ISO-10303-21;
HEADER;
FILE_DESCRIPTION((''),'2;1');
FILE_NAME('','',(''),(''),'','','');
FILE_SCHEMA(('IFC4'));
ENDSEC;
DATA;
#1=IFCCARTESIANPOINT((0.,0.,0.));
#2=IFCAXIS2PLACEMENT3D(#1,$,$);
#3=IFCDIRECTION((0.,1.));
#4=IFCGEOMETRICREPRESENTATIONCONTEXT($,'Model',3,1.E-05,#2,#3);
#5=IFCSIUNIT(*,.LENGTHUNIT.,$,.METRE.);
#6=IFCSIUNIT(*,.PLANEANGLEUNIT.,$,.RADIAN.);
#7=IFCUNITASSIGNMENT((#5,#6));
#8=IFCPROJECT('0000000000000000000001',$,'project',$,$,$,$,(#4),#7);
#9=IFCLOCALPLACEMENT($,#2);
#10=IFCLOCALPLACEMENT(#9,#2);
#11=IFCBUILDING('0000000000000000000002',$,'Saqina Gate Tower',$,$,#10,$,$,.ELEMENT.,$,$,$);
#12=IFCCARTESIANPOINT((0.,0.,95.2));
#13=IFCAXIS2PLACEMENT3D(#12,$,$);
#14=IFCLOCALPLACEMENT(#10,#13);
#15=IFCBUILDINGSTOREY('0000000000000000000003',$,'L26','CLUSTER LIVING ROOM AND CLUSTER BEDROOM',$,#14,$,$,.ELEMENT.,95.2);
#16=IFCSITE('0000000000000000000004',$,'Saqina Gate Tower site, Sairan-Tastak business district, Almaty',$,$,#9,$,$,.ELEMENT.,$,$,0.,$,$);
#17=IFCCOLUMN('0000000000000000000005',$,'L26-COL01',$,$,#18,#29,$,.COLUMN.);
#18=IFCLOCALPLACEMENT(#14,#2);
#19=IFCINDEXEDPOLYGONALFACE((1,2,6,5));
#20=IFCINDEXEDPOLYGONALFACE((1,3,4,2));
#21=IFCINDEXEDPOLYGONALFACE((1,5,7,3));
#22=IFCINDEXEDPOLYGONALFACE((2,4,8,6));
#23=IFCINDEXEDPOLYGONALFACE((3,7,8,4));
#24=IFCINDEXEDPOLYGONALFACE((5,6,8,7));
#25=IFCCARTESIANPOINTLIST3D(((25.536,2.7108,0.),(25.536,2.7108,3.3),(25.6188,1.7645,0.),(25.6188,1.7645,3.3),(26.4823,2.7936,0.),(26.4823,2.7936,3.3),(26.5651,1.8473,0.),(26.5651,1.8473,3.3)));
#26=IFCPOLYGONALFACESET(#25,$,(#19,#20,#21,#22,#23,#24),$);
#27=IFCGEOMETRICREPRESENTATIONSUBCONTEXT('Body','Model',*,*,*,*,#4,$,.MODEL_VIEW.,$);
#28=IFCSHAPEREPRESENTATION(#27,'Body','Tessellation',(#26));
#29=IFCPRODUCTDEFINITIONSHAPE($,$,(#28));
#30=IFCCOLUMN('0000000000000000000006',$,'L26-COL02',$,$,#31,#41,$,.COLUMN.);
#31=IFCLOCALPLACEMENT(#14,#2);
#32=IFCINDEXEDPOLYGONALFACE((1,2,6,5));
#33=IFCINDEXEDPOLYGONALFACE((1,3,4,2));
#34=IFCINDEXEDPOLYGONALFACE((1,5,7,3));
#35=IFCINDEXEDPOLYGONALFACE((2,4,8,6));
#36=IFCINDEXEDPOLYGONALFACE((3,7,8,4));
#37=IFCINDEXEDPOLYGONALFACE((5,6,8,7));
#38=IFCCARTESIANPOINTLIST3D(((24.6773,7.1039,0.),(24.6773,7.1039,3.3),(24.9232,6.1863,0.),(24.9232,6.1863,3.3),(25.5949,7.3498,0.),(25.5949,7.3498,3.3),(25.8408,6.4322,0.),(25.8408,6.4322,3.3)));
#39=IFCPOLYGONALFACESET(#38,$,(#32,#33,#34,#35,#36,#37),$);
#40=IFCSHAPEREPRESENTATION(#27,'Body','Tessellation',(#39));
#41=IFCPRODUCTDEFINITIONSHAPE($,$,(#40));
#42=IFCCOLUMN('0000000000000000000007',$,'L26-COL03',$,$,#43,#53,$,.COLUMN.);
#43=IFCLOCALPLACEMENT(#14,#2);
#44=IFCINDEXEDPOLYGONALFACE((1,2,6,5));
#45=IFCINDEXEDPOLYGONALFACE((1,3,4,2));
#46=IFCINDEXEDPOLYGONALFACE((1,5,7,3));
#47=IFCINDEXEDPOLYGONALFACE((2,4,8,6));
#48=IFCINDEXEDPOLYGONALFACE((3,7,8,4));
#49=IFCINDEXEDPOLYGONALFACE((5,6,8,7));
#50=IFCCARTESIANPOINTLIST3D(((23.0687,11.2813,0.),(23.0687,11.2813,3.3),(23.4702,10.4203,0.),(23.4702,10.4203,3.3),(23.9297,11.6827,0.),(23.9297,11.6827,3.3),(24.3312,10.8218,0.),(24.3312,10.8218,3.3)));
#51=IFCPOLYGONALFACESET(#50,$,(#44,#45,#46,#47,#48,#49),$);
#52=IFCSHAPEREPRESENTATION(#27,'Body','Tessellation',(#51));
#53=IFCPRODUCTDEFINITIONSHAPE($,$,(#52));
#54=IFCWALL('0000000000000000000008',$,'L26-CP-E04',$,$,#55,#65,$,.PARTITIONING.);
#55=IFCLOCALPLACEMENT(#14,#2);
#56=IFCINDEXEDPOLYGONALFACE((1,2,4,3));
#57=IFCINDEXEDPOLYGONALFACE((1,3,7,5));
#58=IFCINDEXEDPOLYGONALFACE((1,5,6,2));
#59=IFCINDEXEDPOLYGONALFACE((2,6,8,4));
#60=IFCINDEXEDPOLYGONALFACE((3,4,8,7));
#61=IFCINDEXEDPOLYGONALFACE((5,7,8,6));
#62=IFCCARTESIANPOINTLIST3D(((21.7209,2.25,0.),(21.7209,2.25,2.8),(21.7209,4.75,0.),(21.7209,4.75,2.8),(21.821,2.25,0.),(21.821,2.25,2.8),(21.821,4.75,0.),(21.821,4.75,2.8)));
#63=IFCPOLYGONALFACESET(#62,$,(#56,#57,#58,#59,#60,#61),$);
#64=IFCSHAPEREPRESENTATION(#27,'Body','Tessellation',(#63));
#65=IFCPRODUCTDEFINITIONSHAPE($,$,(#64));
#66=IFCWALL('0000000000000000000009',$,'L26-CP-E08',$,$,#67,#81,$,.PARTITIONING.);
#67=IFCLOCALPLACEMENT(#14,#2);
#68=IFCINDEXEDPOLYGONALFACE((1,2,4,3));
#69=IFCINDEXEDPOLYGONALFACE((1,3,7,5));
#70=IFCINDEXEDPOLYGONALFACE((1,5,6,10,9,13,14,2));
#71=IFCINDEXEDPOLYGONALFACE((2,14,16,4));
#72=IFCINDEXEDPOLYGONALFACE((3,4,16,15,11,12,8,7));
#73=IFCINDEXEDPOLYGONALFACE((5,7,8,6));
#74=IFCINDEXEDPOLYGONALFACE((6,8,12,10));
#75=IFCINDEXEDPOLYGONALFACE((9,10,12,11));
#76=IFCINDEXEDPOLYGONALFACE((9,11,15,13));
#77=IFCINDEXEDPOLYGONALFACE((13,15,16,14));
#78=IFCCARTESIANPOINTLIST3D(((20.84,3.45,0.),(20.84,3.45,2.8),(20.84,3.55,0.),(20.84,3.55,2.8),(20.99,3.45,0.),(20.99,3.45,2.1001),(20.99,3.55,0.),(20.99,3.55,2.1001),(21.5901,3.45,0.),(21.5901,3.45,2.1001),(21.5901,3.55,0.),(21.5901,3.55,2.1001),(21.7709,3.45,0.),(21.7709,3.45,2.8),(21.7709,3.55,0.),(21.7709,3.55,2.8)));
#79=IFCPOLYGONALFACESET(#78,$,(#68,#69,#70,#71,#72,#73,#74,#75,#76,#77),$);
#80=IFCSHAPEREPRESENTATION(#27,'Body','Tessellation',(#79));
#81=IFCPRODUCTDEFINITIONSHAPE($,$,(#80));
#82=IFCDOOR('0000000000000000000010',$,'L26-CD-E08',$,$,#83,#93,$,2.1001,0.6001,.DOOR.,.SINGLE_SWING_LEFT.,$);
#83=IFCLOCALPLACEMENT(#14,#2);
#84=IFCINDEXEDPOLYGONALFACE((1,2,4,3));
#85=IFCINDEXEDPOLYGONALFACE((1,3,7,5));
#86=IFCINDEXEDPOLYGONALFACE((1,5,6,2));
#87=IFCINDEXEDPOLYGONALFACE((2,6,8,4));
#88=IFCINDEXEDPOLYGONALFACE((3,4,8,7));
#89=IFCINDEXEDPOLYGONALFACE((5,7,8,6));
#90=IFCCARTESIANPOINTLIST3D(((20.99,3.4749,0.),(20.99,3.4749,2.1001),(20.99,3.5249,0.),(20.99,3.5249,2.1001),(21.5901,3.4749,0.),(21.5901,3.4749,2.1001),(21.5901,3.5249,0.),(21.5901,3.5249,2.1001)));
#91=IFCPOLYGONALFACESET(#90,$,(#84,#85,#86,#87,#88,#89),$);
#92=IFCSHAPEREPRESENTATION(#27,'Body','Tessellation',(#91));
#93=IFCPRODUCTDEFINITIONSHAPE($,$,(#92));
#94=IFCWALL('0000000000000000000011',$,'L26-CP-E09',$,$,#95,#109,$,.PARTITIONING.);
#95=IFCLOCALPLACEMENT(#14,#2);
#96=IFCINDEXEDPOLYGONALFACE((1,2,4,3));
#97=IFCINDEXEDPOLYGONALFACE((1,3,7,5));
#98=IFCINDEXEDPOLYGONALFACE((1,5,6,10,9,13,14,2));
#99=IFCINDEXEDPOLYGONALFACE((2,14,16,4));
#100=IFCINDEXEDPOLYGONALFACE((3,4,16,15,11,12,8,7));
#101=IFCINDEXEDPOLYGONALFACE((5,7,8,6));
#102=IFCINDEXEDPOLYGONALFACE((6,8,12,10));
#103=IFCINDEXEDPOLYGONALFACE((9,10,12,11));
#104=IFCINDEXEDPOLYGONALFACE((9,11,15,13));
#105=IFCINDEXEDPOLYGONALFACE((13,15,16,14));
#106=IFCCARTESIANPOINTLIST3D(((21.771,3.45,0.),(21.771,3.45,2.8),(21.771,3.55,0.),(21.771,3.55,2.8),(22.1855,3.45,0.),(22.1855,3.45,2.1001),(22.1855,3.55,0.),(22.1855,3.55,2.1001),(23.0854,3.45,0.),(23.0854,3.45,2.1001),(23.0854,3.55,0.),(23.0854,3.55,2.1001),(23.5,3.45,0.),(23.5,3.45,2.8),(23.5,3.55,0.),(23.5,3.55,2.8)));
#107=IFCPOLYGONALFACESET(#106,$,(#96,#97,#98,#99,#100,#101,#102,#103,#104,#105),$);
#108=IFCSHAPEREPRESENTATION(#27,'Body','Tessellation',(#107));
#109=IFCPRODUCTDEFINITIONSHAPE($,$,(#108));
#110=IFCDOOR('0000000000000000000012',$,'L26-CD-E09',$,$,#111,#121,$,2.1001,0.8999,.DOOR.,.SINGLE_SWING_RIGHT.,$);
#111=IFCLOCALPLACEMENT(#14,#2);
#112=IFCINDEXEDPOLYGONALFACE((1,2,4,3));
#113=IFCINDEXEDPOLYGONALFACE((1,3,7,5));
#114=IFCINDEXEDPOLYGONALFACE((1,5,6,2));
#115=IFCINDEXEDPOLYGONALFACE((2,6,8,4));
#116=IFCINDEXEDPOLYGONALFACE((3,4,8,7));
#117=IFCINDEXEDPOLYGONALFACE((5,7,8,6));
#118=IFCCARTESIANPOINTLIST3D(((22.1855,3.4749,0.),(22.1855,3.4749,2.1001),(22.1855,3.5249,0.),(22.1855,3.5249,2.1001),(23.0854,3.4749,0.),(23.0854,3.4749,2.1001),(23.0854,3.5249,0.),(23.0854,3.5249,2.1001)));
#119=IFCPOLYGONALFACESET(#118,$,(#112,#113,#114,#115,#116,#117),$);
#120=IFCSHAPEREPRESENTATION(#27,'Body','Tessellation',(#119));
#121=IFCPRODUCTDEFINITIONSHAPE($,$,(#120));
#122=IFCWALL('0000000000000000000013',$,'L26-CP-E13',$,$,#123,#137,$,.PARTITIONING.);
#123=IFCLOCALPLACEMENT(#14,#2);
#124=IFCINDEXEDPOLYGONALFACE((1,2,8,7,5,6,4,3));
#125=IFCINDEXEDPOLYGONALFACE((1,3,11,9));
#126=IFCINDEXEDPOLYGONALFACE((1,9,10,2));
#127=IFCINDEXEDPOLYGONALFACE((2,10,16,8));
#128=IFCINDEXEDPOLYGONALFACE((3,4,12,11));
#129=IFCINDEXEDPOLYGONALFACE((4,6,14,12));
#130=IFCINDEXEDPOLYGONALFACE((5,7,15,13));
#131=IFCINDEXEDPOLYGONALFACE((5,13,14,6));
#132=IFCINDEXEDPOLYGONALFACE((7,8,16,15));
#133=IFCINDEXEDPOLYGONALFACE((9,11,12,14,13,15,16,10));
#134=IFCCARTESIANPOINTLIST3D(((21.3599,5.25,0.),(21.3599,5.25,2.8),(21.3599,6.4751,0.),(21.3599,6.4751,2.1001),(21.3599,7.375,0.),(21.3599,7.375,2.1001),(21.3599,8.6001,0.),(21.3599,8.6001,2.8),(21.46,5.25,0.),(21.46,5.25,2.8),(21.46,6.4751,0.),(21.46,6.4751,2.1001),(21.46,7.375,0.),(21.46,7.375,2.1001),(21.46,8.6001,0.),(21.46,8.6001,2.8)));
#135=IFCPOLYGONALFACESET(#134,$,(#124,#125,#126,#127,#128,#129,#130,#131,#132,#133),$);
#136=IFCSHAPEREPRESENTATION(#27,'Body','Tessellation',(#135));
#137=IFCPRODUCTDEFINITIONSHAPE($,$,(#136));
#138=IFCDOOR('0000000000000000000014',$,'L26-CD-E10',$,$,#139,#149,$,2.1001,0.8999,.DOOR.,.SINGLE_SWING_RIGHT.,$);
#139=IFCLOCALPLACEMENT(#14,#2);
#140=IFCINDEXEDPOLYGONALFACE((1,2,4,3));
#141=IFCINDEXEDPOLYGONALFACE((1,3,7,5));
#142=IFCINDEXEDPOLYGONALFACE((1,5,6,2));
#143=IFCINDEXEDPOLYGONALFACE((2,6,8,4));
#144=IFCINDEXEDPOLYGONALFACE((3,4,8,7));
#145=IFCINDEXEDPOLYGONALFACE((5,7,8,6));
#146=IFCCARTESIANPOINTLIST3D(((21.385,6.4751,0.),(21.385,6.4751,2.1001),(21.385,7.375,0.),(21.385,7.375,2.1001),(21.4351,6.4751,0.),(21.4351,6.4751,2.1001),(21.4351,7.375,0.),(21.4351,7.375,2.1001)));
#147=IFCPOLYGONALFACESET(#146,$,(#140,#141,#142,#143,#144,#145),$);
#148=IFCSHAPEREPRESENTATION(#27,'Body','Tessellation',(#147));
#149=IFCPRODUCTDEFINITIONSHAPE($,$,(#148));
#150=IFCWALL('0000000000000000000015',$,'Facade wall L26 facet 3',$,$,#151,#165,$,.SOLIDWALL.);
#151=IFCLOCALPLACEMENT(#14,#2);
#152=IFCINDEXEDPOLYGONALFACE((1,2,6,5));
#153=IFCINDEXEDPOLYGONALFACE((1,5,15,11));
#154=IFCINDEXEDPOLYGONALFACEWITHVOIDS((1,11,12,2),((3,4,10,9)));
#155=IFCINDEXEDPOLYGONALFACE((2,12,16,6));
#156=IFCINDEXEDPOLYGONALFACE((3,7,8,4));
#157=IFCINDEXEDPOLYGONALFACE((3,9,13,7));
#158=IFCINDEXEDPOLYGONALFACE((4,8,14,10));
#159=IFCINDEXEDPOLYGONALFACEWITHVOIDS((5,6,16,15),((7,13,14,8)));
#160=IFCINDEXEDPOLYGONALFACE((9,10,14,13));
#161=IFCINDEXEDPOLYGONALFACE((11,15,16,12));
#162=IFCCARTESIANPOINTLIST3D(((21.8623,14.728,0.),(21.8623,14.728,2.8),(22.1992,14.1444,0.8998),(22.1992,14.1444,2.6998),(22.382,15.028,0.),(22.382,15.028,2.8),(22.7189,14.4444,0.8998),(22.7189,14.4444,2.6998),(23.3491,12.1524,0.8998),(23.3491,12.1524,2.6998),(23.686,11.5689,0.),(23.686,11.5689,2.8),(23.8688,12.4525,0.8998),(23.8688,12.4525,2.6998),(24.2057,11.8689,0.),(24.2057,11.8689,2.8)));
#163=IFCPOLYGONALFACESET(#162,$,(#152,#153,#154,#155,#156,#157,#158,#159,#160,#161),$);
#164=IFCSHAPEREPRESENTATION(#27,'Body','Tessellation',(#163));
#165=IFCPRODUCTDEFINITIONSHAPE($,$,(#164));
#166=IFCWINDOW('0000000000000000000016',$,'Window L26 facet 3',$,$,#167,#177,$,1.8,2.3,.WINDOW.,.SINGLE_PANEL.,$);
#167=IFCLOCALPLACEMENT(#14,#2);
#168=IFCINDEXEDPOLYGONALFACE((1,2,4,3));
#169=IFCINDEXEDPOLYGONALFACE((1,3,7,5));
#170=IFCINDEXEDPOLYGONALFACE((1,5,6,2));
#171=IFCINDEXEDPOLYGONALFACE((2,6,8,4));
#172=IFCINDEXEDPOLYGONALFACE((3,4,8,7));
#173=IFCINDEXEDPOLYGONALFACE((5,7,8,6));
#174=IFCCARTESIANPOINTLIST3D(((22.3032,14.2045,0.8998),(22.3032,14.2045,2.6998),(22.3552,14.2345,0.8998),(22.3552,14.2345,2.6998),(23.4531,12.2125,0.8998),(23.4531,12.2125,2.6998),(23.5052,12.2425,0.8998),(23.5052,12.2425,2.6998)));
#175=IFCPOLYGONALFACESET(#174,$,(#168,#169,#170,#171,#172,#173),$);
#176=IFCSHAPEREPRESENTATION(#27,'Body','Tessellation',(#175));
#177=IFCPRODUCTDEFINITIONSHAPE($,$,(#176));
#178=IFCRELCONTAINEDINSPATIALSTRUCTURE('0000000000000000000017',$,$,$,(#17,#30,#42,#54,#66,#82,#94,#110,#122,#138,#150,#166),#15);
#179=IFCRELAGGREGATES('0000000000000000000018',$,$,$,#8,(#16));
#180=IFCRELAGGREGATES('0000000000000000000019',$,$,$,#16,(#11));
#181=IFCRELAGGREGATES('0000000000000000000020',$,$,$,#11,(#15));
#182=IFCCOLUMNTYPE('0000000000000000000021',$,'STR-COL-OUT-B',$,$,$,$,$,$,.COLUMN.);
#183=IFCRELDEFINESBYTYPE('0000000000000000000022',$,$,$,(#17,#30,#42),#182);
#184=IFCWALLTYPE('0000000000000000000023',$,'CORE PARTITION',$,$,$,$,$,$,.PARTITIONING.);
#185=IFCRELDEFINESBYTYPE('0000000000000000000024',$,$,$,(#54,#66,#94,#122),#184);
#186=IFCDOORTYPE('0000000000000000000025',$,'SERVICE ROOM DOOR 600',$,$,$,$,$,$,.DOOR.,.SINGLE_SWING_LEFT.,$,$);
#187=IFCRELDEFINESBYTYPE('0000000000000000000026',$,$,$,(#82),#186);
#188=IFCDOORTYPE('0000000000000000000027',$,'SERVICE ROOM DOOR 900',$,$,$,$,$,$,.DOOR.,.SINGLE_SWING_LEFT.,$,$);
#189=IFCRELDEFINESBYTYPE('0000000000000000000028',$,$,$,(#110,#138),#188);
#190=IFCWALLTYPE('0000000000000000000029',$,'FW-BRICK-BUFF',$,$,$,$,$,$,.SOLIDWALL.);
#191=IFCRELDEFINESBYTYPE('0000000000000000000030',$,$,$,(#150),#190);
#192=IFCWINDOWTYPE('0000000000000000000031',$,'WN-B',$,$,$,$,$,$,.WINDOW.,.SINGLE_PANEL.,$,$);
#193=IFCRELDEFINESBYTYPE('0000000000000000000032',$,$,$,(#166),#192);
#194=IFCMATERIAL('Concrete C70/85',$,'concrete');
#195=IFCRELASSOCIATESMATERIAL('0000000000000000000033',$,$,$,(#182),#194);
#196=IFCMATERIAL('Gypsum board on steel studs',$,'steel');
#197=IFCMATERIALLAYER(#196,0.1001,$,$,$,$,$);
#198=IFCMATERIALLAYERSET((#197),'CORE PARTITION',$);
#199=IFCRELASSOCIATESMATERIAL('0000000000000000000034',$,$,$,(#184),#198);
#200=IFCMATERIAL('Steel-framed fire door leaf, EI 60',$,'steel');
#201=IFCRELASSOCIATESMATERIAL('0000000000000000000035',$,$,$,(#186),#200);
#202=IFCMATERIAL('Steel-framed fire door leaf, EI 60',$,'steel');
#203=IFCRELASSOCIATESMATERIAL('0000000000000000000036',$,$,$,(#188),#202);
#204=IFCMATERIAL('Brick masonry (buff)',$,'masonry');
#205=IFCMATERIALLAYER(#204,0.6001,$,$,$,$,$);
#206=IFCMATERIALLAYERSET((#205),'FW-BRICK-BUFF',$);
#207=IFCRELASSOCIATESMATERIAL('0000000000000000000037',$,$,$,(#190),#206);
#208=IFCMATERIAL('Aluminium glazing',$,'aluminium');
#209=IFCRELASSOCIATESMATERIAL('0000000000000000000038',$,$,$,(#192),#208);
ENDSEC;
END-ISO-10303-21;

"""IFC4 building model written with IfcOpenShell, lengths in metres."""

from ifc_helpers import new_model, si_unit, direction, frame, frame_2d, origin, origin_2d, place, context, subcontext, project, spatial, rectangle, extrude, material, layer, layer_set, material_profile, profile_set, type_object, element, fill, save


model = new_model("IFC4")

# Units and contexts
model_context = context("Model", 3, precision=1e-05, world=origin(), true_north=direction((0.0, 1.0)))
body_context = subcontext(model_context, "Body", "Model", "MODEL_VIEW")
ifc_project = project(units=[si_unit("LENGTHUNIT", "METRE"), si_unit("PLANEANGLEUNIT", "RADIAN")], contexts=[model_context])

# Site, building, storey
site_placement = place(None, origin())
site = spatial("IfcSite", under=ifc_project, at=site_placement, Name="Saqina Gate Tower site, Sairan-Tastak business district, Almaty", CompositionType="ELEMENT", RefElevation=0.0)
building_placement = place(site_placement, origin())
building = spatial("IfcBuilding", under=site, at=building_placement, Name="Saqina Gate Tower", CompositionType="ELEMENT")
storey_placement = place(building_placement, frame((0.0, 0.0, 95.2)))
storey = spatial("IfcBuildingStorey", under=building, at=storey_placement, Name="L26", Description="CLUSTER LIVING ROOM AND CLUSTER BEDROOM", CompositionType="ELEMENT", Elevation=95.2)

# Columns
ifc_material_1 = material(Name="Concrete C70/85", Category="concrete")
ifc_material_profile = material_profile(ifc_material_1, rectangle(XDim=0.95, YDim=0.95, at=origin_2d()), Name="RC 950x950")
ifc_profile_set = profile_set([ifc_material_profile], Name="Concrete C70/85")
column_type = type_object("IfcColumnType", Name="STR-COL-OUT-B", PredefinedType="COLUMN", material=ifc_profile_set)
for number, where, z_axis, x_axis, name in (
    (1, (26.0505, 2.2791, 0.0), (0.0, 0.0, 1.0), (0.996195, 0.087156, 0.0), "L26-COL01"),
    (2, (25.259, 6.7681, 0.0), (0.0, 0.0, 1.0), (0.965926, 0.258819, 0.0), "L26-COL02"),
    (3, (23.7, 11.0515, 0.0), (0.0, 0.0, 1.0), (0.906308, 0.422618, 0.0), "L26-COL03"),
):
    element("IfcColumn", number, at=place(storey_placement, frame(where, z_axis=z_axis, x_axis=x_axis)), inside=storey, type_object=column_type, Name=name, PredefinedType="COLUMN", context=body_context, shape_type="SweptSolid", body=[
        extrude(rectangle(XDim=0.95, YDim=0.95, at=origin_2d()), origin(), (0.0, 0.0, 1.0), 3.3),
    ])

# Wall
ifc_material_2 = material(Name="Gypsum board on steel studs", Category="steel")
ifc_layer_1 = layer(ifc_material_2, 0.1001)
ifc_layer_set_1 = layer_set([ifc_layer_1], Name="CORE PARTITION")
wall_type_1 = type_object("IfcWallType", Name="CORE PARTITION", PredefinedType="PARTITIONING", material=ifc_layer_set_1)
wall_1_placement = place(storey_placement, frame((21.771, 2.25, 0.0), z_axis=(0.0, 0.0, 1.0), x_axis=(0.0, 1.0, 0.0)))
element("IfcWall", 4, at=wall_1_placement, inside=storey, type_object=wall_type_1, Name="L26-CP-E04", PredefinedType="PARTITIONING", context=body_context, shape_type="SweptSolid", body=[
    extrude(rectangle(XDim=2.5, YDim=0.1001, at=frame_2d((1.25, 0.0))), origin(), (0.0, 0.0, 1.0), 2.8),
])

# Walls, openings, doors
wall_2_placement = place(storey_placement, frame((20.8401, 3.5, 0.0), z_axis=(0.0, 0.0, 1.0), x_axis=(1.0, 0.0, 0.0)))
wall_2 = element("IfcWall", 5, at=wall_2_placement, inside=storey, type_object=wall_type_1, Name="L26-CP-E08", PredefinedType="PARTITIONING", context=body_context, shape_type="SweptSolid", body=[
    extrude(rectangle(XDim=0.9309, YDim=0.1001, at=frame_2d((0.4653, 0.0))), origin(), (0.0, 0.0, 1.0), 2.8),
])
opening_1_placement = place(wall_2_placement, frame((0.1499, 0.0, 0.0)))
opening_1 = element("IfcOpeningElement", 6, at=opening_1_placement, cuts=wall_2, PredefinedType="OPENING", context=body_context, shape_type="SweptSolid", body=[
    extrude(rectangle(XDim=0.6001, YDim=2.1001, at=frame_2d((0.3, 1.05))), frame((0.0, 0.062, 0.0), z_axis=(0.0, -1.0, 0.0), x_axis=(1.0, 0.0, 0.0)), (0.0, 0.0, 1.0), 0.124),
])
ifc_material_3 = material(Name="Steel-framed fire door leaf, EI 60", Category="steel")
door_type_1 = type_object("IfcDoorType", Name="SERVICE ROOM DOOR 600", OperationType="SINGLE_SWING_LEFT", PredefinedType="DOOR", material=ifc_material_3)
door_1_placement = place(opening_1_placement, origin())
door_1 = element("IfcDoor", 7, at=door_1_placement, inside=storey, type_object=door_type_1, Name="L26-CD-E08", OperationType="SINGLE_SWING_LEFT", OverallHeight=2.1001, OverallWidth=0.6001, PredefinedType="DOOR", context=body_context, shape_type="SweptSolid", body=[
    extrude(rectangle(XDim=0.6001, YDim=2.1001, at=frame_2d((0.3, 1.05))), frame((0.0, 0.0249, 0.0), z_axis=(0.0, -1.0, 0.0), x_axis=(1.0, 0.0, 0.0)), (0.0, 0.0, 1.0), 0.05),
])
fill(opening_1, door_1)
wall_3_placement = place(storey_placement, frame((21.771, 3.5, 0.0), z_axis=(0.0, 0.0, 1.0), x_axis=(1.0, 0.0, 0.0)))
wall_3 = element("IfcWall", 8, at=wall_3_placement, inside=storey, type_object=wall_type_1, Name="L26-CP-E09", PredefinedType="PARTITIONING", context=body_context, shape_type="SweptSolid", body=[
    extrude(rectangle(XDim=1.729, YDim=0.1001, at=frame_2d((0.8645, 0.0))), origin(), (0.0, 0.0, 1.0), 2.8),
])
opening_2_placement = place(wall_3_placement, frame((0.4146, 0.0, 0.0)))
opening_2 = element("IfcOpeningElement", 9, at=opening_2_placement, cuts=wall_3, PredefinedType="OPENING", context=body_context, shape_type="SweptSolid", body=[
    extrude(rectangle(XDim=0.8999, YDim=2.1001, at=frame_2d((0.45, 1.05))), frame((0.0, 0.062, 0.0), z_axis=(0.0, -1.0, 0.0), x_axis=(1.0, 0.0, 0.0)), (0.0, 0.0, 1.0), 0.124),
])
ifc_material_4 = material(Name="Steel-framed fire door leaf, EI 60", Category="steel")
door_type_2 = type_object("IfcDoorType", Name="SERVICE ROOM DOOR 900", OperationType="SINGLE_SWING_LEFT", PredefinedType="DOOR", material=ifc_material_4)
door_2_placement = place(opening_2_placement, origin())
door_2 = element("IfcDoor", 10, at=door_2_placement, inside=storey, type_object=door_type_2, Name="L26-CD-E09", OperationType="SINGLE_SWING_RIGHT", OverallHeight=2.1001, OverallWidth=0.8999, PredefinedType="DOOR", context=body_context, shape_type="SweptSolid", body=[
    extrude(rectangle(XDim=0.8999, YDim=2.1001, at=frame_2d((0.45, 1.05))), frame((0.0, 0.0249, 0.0), z_axis=(0.0, -1.0, 0.0), x_axis=(1.0, 0.0, 0.0)), (0.0, 0.0, 1.0), 0.05),
])
fill(opening_2, door_2)
wall_4_placement = place(storey_placement, frame((21.4099, 5.25, 0.0), z_axis=(0.0, 0.0, 1.0), x_axis=(0.0, 1.0, 0.0)))
wall_4 = element("IfcWall", 11, at=wall_4_placement, inside=storey, type_object=wall_type_1, Name="L26-CP-E13", PredefinedType="PARTITIONING", context=body_context, shape_type="SweptSolid", body=[
    extrude(rectangle(XDim=3.3501, YDim=0.1001, at=frame_2d((1.675, 0.0))), origin(), (0.0, 0.0, 1.0), 2.8),
])
opening_3_placement = place(wall_4_placement, frame((1.2251, 0.0, 0.0)))
opening_3 = element("IfcOpeningElement", 12, at=opening_3_placement, cuts=wall_4, PredefinedType="OPENING", context=body_context, shape_type="SweptSolid", body=[
    extrude(rectangle(XDim=0.8999, YDim=2.1001, at=frame_2d((0.45, 1.05))), frame((0.0, 0.062, 0.0), z_axis=(0.0, -1.0, 0.0), x_axis=(1.0, 0.0, 0.0)), (0.0, 0.0, 1.0), 0.124),
])
door_3_placement = place(opening_3_placement, origin())
door_3 = element("IfcDoor", 13, at=door_3_placement, inside=storey, type_object=door_type_2, Name="L26-CD-E10", OperationType="SINGLE_SWING_RIGHT", OverallHeight=2.1001, OverallWidth=0.8999, PredefinedType="DOOR", context=body_context, shape_type="SweptSolid", body=[
    extrude(rectangle(XDim=0.8999, YDim=2.1001, at=frame_2d((0.45, 1.05))), frame((0.0, 0.0249, 0.0), z_axis=(0.0, -1.0, 0.0), x_axis=(1.0, 0.0, 0.0)), (0.0, 0.0, 1.0), 0.05),
])
fill(opening_3, door_3)

# Wall, opening, window
ifc_material_5 = material(Name="Brick masonry (buff)", Category="masonry")
ifc_layer_2 = layer(ifc_material_5, 0.6001)
ifc_layer_set_2 = layer_set([ifc_layer_2], Name="FW-BRICK-BUFF")
wall_type_2 = type_object("IfcWallType", Name="FW-BRICK-BUFF", PredefinedType="SOLIDWALL", material=ifc_layer_set_2)
wall_5_placement = place(storey_placement, frame((23.9458, 11.719, 0.0), z_axis=(0.0, 0.0, 1.0), x_axis=(-0.499954, 0.866052, 0.0)))
wall_5 = element("IfcWall", 14, at=wall_5_placement, inside=storey, type_object=wall_type_2, Name="Facade wall L26 facet 3", PredefinedType="SOLIDWALL", context=body_context, shape_type="SweptSolid", body=[
    extrude(rectangle(XDim=3.6477, YDim=0.6001, at=frame_2d((1.8237, 0.0))), origin(), (0.0, 0.0, 1.0), 2.8),
])
opening_4_placement = place(wall_5_placement, frame((0.6738, 0.0, 0.8999)))
opening_4 = element("IfcOpeningElement", 15, at=opening_4_placement, cuts=wall_5, PredefinedType="OPENING", context=body_context, shape_type="SweptSolid", body=[
    extrude(rectangle(XDim=2.3, YDim=1.8, at=frame_2d((1.1499, 0.8999))), frame((0.0, 0.312, 0.0), z_axis=(0.0, -1.0, 0.0), x_axis=(1.0, 0.0, 0.0)), (0.0, 0.0, 1.0), 0.624),
])
ifc_material_6 = material(Name="Aluminium glazing", Category="aluminium")
window_type = type_object("IfcWindowType", Name="WN-B", PartitioningType="SINGLE_PANEL", PredefinedType="WINDOW", material=ifc_material_6)
window_placement = place(opening_4_placement, origin())
window = element("IfcWindow", 16, at=window_placement, inside=storey, type_object=window_type, Name="Window L26 facet 3", OverallHeight=1.8, OverallWidth=2.3, PartitioningType="SINGLE_PANEL", PredefinedType="WINDOW", context=body_context, shape_type="SweptSolid", body=[
    extrude(rectangle(XDim=2.3, YDim=1.8, at=frame_2d((1.1499, 0.8999))), frame((0.0, 0.1799, 0.0), z_axis=(0.0, -1.0, 0.0), x_axis=(1.0, 0.0, 0.0)), (0.0, 0.0, 1.0), 0.0601),
])
fill(opening_4, window)

save(model, "model.ifc")
